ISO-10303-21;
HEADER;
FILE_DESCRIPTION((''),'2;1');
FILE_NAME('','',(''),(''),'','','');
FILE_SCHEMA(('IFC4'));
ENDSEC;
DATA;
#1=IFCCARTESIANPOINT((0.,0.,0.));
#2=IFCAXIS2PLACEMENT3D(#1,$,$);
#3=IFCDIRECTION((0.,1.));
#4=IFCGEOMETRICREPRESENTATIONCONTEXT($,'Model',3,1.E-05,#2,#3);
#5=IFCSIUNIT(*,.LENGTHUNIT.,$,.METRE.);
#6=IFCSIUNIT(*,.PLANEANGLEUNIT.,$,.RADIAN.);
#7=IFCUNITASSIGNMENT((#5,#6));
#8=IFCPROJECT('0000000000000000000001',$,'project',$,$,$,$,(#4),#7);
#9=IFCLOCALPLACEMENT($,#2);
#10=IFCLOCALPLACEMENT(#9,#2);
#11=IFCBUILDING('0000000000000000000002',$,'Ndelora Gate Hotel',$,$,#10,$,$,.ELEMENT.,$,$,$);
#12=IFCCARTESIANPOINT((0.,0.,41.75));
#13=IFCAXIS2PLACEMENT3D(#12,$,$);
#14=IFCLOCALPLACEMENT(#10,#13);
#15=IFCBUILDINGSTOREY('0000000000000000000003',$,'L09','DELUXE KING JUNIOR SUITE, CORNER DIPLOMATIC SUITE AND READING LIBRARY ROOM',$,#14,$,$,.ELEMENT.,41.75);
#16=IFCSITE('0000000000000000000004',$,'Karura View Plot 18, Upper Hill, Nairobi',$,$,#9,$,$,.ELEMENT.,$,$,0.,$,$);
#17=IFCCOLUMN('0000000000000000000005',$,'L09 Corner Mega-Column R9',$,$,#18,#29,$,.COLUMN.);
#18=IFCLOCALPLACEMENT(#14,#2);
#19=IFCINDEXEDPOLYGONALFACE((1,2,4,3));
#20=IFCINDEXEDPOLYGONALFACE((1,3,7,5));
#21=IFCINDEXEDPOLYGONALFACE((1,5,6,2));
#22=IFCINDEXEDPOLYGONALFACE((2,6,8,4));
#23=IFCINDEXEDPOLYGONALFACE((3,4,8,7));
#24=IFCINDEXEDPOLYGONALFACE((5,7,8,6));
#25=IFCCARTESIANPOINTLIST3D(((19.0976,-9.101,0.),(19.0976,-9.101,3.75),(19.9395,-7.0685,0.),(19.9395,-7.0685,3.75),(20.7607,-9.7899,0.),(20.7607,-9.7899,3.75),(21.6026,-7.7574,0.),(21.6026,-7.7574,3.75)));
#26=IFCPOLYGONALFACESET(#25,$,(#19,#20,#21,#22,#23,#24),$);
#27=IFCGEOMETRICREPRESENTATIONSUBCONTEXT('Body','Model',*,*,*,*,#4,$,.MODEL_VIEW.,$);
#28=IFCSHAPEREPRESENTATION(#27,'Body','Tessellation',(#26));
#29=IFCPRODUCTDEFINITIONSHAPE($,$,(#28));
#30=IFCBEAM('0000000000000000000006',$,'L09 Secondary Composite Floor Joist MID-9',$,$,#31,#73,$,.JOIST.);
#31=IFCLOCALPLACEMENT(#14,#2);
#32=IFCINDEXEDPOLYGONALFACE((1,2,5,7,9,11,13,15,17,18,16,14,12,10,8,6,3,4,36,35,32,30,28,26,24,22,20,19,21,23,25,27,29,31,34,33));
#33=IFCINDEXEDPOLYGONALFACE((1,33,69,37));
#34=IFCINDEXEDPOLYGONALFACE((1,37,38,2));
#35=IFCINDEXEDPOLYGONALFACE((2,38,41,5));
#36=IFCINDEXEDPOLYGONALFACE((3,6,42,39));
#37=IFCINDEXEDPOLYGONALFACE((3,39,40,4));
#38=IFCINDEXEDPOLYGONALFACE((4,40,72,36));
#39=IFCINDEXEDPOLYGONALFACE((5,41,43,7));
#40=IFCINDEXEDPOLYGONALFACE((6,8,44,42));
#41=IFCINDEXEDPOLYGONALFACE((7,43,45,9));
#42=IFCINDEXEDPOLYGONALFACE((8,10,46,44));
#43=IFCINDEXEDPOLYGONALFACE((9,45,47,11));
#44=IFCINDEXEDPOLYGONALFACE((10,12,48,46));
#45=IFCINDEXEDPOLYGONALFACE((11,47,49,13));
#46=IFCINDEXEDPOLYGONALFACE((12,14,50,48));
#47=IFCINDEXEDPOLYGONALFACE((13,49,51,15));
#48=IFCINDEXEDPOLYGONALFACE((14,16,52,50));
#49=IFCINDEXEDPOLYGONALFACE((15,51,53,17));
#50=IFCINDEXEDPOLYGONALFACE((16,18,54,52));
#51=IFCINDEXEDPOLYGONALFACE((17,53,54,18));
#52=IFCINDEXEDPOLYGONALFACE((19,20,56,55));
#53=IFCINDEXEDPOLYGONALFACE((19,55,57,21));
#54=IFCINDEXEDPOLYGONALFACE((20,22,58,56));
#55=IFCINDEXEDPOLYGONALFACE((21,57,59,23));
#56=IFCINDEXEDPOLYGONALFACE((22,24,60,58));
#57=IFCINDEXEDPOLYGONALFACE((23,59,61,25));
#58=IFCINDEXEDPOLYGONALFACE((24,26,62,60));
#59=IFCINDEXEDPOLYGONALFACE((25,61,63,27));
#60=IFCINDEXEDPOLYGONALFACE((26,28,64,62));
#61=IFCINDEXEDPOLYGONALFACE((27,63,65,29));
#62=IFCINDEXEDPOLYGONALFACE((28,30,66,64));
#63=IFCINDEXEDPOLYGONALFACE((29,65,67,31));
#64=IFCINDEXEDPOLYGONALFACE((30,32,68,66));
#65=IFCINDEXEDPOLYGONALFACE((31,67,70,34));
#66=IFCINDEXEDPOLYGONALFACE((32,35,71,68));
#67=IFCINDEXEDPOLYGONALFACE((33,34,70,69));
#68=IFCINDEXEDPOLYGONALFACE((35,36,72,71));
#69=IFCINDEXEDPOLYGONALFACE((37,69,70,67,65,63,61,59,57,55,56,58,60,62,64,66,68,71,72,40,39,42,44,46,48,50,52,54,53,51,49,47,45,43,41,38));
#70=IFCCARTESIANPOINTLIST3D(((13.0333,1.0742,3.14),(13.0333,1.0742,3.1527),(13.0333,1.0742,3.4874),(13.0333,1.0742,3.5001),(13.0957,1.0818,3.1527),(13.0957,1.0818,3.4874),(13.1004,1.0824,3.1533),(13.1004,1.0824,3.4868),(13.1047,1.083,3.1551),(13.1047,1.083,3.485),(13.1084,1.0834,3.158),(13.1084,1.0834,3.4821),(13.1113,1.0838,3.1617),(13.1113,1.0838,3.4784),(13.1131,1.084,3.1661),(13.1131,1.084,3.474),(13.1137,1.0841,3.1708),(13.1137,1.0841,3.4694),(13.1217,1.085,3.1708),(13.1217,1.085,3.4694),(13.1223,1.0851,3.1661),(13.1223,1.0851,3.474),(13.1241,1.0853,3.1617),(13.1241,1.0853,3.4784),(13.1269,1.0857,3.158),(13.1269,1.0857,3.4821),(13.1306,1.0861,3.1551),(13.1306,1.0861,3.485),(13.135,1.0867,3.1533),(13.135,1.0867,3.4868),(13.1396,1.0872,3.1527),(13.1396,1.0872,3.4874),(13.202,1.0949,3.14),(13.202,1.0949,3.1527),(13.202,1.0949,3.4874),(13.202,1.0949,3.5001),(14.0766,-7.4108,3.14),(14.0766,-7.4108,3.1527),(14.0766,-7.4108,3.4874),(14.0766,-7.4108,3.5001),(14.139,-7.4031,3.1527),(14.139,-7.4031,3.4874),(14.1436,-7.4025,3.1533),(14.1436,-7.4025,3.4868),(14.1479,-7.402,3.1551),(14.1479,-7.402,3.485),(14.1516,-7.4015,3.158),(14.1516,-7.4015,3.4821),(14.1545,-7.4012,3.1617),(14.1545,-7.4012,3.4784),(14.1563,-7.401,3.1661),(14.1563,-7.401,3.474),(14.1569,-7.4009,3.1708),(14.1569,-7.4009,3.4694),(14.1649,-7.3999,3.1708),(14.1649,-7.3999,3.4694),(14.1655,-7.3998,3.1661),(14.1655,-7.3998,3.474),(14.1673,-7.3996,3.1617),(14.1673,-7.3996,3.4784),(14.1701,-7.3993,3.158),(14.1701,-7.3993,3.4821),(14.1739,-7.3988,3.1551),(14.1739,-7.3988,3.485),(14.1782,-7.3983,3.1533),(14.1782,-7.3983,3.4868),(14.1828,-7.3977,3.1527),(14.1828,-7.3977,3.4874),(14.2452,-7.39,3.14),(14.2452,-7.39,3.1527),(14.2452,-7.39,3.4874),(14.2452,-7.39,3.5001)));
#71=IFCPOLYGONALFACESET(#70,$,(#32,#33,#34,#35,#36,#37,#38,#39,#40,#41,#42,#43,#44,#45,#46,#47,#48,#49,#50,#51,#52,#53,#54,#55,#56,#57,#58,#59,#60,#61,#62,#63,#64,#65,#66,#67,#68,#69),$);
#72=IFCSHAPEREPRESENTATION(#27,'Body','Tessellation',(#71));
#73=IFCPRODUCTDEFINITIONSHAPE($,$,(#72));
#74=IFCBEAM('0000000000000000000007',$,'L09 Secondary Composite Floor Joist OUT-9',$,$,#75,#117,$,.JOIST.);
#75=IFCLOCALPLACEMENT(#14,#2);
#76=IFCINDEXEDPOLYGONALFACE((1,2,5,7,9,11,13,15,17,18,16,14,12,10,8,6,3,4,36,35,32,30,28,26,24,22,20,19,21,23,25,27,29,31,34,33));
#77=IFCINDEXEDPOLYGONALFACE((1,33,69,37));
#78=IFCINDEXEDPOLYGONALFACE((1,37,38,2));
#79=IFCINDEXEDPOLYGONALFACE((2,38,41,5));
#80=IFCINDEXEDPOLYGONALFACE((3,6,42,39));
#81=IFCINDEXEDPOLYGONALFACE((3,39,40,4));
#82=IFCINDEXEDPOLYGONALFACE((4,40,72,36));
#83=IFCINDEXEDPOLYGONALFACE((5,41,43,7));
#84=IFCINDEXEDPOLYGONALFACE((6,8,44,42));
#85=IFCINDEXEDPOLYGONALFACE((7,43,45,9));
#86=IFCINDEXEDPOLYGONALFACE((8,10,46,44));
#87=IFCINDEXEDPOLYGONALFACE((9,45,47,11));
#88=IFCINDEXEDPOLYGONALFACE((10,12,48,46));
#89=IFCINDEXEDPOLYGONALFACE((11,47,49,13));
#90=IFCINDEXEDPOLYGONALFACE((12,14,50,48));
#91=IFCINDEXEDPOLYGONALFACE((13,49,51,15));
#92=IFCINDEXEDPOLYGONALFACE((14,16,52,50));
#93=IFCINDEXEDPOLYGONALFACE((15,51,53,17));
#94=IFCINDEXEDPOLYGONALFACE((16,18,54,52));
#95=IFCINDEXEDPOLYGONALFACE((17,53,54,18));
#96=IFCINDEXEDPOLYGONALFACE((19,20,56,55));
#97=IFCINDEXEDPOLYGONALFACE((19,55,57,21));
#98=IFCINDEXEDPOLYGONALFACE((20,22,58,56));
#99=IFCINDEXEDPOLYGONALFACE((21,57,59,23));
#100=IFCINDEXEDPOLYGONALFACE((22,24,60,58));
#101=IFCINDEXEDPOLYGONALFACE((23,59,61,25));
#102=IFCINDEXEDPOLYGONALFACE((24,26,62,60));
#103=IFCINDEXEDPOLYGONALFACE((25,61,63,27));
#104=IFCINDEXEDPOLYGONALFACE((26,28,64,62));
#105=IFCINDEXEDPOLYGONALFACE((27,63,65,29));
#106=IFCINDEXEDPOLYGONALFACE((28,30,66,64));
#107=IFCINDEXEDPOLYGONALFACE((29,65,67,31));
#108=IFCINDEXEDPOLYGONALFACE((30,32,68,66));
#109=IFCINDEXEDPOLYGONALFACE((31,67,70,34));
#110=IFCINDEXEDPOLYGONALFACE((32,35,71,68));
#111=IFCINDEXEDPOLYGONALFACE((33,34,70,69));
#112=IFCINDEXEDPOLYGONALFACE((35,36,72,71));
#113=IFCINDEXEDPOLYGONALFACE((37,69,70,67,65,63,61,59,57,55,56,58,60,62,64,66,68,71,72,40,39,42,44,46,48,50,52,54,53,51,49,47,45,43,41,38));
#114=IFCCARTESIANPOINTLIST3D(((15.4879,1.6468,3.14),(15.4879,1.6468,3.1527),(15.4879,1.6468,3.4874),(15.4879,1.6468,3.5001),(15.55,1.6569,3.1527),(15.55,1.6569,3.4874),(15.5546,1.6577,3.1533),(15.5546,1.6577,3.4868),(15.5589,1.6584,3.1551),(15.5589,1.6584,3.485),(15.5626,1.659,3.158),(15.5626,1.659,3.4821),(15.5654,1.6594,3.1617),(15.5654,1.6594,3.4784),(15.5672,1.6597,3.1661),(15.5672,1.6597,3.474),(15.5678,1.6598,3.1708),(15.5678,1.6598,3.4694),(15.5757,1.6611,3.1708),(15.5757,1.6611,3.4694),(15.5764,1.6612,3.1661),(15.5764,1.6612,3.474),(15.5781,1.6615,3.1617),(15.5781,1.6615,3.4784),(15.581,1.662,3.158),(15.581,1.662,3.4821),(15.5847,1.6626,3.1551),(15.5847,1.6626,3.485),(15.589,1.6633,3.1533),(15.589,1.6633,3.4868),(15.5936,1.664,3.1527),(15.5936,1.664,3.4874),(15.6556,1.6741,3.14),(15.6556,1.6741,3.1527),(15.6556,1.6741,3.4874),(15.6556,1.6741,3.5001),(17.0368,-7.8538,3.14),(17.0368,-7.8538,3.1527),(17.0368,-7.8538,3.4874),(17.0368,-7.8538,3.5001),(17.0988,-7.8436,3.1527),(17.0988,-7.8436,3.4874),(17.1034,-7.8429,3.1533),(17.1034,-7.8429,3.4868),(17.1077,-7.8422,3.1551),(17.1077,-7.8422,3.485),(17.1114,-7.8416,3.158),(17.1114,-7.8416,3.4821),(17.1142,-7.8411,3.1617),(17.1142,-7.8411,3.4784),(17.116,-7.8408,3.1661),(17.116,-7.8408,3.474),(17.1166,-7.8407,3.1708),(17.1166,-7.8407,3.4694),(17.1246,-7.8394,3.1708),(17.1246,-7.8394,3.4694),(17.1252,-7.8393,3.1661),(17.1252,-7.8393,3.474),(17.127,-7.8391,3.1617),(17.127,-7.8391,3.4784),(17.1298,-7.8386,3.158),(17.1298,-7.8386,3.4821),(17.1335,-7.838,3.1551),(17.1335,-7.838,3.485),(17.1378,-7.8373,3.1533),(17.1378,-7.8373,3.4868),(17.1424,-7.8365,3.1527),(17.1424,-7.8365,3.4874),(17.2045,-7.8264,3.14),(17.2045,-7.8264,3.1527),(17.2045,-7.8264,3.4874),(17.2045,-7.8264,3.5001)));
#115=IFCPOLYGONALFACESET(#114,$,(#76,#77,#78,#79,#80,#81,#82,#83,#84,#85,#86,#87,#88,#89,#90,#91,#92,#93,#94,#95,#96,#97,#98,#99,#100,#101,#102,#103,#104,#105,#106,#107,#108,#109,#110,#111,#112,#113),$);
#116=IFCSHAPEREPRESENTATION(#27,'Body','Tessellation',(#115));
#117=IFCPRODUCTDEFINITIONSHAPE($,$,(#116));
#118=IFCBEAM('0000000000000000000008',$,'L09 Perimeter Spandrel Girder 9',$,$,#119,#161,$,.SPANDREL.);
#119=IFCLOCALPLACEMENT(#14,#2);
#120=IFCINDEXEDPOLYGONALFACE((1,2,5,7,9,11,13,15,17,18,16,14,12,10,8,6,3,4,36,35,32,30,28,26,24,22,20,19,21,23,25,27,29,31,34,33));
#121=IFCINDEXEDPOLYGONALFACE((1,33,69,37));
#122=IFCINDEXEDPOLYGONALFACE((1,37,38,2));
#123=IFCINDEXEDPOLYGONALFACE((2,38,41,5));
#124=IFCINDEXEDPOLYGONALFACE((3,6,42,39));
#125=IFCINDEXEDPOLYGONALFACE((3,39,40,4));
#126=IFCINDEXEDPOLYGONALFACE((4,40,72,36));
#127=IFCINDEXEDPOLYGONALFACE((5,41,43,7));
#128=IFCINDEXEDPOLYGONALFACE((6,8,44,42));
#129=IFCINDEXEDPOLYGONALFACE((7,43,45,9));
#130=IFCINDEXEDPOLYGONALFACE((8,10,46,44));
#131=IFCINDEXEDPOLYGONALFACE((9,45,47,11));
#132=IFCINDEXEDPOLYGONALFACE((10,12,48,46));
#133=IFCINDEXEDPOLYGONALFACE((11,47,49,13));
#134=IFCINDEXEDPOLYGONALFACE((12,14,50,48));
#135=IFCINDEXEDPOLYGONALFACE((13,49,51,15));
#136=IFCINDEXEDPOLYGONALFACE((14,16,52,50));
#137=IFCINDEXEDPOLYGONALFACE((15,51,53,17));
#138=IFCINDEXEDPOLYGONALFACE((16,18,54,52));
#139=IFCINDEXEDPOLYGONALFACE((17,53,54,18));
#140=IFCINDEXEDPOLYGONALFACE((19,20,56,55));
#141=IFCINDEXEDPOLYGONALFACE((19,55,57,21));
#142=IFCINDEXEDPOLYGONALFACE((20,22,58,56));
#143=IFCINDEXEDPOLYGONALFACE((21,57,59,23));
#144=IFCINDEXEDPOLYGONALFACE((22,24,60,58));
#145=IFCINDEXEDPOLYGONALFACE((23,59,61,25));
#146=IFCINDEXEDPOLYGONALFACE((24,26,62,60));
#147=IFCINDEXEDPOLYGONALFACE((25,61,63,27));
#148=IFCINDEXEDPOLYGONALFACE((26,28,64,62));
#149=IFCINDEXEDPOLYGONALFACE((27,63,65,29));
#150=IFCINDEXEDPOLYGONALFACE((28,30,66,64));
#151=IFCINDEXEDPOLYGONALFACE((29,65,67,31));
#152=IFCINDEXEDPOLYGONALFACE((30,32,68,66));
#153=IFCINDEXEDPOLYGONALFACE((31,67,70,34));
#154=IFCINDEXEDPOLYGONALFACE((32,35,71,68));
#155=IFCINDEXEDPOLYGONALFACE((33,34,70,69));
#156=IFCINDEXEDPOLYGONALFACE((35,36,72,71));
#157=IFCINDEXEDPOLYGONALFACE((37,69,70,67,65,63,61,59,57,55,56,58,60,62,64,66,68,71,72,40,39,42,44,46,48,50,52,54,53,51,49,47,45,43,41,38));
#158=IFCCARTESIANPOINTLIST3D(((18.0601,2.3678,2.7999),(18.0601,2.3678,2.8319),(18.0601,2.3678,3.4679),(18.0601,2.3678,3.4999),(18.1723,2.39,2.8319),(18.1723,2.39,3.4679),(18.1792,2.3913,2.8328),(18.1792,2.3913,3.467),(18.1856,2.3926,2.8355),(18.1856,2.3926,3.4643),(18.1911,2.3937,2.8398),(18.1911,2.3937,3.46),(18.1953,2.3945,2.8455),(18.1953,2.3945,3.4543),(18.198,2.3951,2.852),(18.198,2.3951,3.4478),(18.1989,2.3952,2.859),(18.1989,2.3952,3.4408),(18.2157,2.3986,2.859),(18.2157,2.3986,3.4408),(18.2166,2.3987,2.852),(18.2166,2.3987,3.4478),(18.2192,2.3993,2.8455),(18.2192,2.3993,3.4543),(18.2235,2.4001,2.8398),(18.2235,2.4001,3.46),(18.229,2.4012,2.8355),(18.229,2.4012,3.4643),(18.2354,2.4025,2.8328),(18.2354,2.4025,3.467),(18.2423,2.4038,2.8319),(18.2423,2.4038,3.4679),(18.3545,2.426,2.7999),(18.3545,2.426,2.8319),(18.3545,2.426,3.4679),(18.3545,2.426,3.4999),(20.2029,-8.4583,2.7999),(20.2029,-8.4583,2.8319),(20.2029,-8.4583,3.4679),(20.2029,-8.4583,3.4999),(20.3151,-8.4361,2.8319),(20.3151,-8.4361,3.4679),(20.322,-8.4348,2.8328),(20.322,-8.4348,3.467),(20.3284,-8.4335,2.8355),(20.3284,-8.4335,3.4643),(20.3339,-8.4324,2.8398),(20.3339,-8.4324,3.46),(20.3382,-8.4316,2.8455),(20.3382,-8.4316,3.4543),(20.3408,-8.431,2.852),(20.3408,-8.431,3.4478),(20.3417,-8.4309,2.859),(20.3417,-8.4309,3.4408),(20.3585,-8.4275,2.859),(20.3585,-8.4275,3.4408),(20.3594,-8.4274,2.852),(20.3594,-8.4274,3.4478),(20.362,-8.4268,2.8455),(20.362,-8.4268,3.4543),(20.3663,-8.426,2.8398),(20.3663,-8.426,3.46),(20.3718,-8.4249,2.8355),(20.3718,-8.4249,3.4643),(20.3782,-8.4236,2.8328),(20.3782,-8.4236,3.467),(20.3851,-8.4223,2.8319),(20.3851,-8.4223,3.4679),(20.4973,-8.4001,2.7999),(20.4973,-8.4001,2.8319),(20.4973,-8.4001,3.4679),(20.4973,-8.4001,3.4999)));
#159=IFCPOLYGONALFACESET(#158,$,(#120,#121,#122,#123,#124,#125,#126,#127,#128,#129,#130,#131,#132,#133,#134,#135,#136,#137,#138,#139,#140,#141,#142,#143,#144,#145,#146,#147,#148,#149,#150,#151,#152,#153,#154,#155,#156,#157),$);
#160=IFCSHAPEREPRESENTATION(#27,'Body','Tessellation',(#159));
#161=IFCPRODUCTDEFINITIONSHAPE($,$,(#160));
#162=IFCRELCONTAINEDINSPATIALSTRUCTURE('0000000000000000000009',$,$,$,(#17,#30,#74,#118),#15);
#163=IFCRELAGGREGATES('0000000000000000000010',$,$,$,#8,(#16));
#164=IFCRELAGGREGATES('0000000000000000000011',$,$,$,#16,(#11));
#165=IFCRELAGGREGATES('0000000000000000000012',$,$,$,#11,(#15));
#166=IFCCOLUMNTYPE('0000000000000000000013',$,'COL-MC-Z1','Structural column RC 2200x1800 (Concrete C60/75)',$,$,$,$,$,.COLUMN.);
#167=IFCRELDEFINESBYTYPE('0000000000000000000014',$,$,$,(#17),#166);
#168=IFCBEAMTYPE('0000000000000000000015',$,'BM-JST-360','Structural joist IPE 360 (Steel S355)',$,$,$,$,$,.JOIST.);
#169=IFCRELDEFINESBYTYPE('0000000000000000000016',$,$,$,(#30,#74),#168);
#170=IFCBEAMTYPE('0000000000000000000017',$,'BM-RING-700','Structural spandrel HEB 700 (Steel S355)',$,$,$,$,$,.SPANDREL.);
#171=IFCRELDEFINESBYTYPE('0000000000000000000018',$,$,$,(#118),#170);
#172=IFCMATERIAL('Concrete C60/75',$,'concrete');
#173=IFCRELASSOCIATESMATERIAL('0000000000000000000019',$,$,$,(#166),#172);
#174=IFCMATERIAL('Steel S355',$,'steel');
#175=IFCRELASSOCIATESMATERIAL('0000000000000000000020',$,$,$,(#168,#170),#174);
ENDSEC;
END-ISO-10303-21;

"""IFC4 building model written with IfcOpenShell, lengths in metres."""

from ifc_helpers import new_model, si_unit, direction, frame, origin, origin_2d, place, context, subcontext, project, spatial, rectangle, i_section, extrude, material, material_profile, profile_set, type_object, element, save


model = new_model("IFC4")

# Units and contexts
model_context = context("Model", 3, precision=1e-05, world=origin(), true_north=direction((0.0, 1.0)))
body_context = subcontext(model_context, "Body", "Model", "MODEL_VIEW")
ifc_project = project(units=[si_unit("LENGTHUNIT", "METRE"), si_unit("PLANEANGLEUNIT", "RADIAN")], contexts=[model_context])

# Site, building, storey
site_placement = place(None, origin())
site = spatial("IfcSite", under=ifc_project, at=site_placement, Name="Karura View Plot 18, Upper Hill, Nairobi", CompositionType="ELEMENT", RefElevation=0.0)
building_placement = place(site_placement, origin())
building = spatial("IfcBuilding", under=site, at=building_placement, Name="Ndelora Gate Hotel", CompositionType="ELEMENT")
storey_placement = place(building_placement, frame((0.0, 0.0, 41.75)))
storey = spatial("IfcBuildingStorey", under=building, at=storey_placement, Name="L09", Description="DELUXE KING JUNIOR SUITE, CORNER DIPLOMATIC SUITE AND READING LIBRARY ROOM", CompositionType="ELEMENT", Elevation=41.75)

# Column
ifc_material_1 = material(Name="Concrete C60/75", Category="concrete")
ifc_material_profile_1 = material_profile(ifc_material_1, rectangle(XDim=1.8, YDim=2.2, at=origin_2d()), Name="RC 2200x1800")
ifc_profile_set_1 = profile_set([ifc_material_profile_1], Name="Concrete C60/75")
column_type = type_object("IfcColumnType", Name="COL-MC-Z1", Description="Structural column RC 2200x1800 (Concrete C60/75)", PredefinedType="COLUMN", material=ifc_profile_set_1)
column_placement = place(storey_placement, frame((20.3501, -8.4292, 0.0), z_axis=(0.0, 0.0, 1.0), x_axis=(-0.92388, 0.382683, 0.0)))
element("IfcColumn", 1, at=column_placement, inside=storey, type_object=column_type, Name="L09 Corner Mega-Column R9", PredefinedType="COLUMN", context=body_context, shape_type="SweptSolid", body=[
    extrude(rectangle(XDim=1.8, YDim=2.2, at=origin_2d()), origin(), (0.0, 0.0, 1.0), 3.75),
])

# Beams
ifc_material_2 = material(Name="Steel S355", Category="steel")
ifc_material_profile_2 = material_profile(ifc_material_2, i_section(OverallWidth=0.1699, OverallDepth=0.3601, WebThickness=0.0081, FlangeThickness=0.0127, FilletRadius=0.0181, at=origin_2d()), Name="IPE 360")
ifc_profile_set_2 = profile_set([ifc_material_profile_2], Name="Steel S355")
beam_type_1 = type_object("IfcBeamType", Name="BM-JST-360", Description="Structural joist IPE 360 (Steel S355)", PredefinedType="JOIST", material=ifc_profile_set_2)
beam_1_placement = place(storey_placement, frame((14.1609, -7.4004, 3.3201), z_axis=(-0.122031, 0.992526, 0.0), x_axis=(-0.992526, -0.122031, 0.0)))
element("IfcBeam", 2, at=beam_1_placement, inside=storey, type_object=beam_type_1, Name="L09 Secondary Composite Floor Joist MID-9", PredefinedType="JOIST", context=body_context, shape_type="SweptSolid", body=[
    extrude(i_section(OverallWidth=0.1699, OverallDepth=0.3601, WebThickness=0.0081, FlangeThickness=0.0127, FilletRadius=0.0181, at=origin_2d()), origin(), (0.0, 0.0, 1.0), 8.5488),
])
beam_2_placement = place(storey_placement, frame((17.1206, -7.8401, 3.3201), z_axis=(-0.160902, 0.98697, 0.0), x_axis=(-0.98697, -0.160902, 0.0)))
element("IfcBeam", 3, at=beam_2_placement, inside=storey, type_object=beam_type_1, Name="L09 Secondary Composite Floor Joist OUT-9", PredefinedType="JOIST", context=body_context, shape_type="SweptSolid", body=[
    extrude(i_section(OverallWidth=0.1699, OverallDepth=0.3601, WebThickness=0.0081, FlangeThickness=0.0127, FilletRadius=0.0181, at=origin_2d()), origin(), (0.0, 0.0, 1.0), 9.626),
])
ifc_material_profile_3 = material_profile(ifc_material_2, i_section(OverallWidth=0.3, OverallDepth=0.7, WebThickness=0.0171, FlangeThickness=0.032, FilletRadius=0.0271, at=origin_2d()), Name="HEB 700")
ifc_profile_set_3 = profile_set([ifc_material_profile_3], Name="Steel S355")
beam_type_2 = type_object("IfcBeamType", Name="BM-RING-700", Description="Structural spandrel HEB 700 (Steel S355)", PredefinedType="SPANDREL", material=ifc_profile_set_3)
beam_3_placement = place(storey_placement, frame((20.3501, -8.4292, 3.1499), z_axis=(-0.194163, 0.980969, 0.0), x_axis=(-0.980969, -0.194163, 0.0)))
element("IfcBeam", 4, at=beam_3_placement, inside=storey, type_object=beam_type_2, Name="L09 Perimeter Spandrel Girder 9", PredefinedType="SPANDREL", context=body_context, shape_type="SweptSolid", body=[
    extrude(i_section(OverallWidth=0.3, OverallDepth=0.7, WebThickness=0.0171, FlangeThickness=0.032, FilletRadius=0.0271, at=origin_2d()), origin(), (0.0, 0.0, 1.0), 11.0361),
])

save(model, "model.ifc")
